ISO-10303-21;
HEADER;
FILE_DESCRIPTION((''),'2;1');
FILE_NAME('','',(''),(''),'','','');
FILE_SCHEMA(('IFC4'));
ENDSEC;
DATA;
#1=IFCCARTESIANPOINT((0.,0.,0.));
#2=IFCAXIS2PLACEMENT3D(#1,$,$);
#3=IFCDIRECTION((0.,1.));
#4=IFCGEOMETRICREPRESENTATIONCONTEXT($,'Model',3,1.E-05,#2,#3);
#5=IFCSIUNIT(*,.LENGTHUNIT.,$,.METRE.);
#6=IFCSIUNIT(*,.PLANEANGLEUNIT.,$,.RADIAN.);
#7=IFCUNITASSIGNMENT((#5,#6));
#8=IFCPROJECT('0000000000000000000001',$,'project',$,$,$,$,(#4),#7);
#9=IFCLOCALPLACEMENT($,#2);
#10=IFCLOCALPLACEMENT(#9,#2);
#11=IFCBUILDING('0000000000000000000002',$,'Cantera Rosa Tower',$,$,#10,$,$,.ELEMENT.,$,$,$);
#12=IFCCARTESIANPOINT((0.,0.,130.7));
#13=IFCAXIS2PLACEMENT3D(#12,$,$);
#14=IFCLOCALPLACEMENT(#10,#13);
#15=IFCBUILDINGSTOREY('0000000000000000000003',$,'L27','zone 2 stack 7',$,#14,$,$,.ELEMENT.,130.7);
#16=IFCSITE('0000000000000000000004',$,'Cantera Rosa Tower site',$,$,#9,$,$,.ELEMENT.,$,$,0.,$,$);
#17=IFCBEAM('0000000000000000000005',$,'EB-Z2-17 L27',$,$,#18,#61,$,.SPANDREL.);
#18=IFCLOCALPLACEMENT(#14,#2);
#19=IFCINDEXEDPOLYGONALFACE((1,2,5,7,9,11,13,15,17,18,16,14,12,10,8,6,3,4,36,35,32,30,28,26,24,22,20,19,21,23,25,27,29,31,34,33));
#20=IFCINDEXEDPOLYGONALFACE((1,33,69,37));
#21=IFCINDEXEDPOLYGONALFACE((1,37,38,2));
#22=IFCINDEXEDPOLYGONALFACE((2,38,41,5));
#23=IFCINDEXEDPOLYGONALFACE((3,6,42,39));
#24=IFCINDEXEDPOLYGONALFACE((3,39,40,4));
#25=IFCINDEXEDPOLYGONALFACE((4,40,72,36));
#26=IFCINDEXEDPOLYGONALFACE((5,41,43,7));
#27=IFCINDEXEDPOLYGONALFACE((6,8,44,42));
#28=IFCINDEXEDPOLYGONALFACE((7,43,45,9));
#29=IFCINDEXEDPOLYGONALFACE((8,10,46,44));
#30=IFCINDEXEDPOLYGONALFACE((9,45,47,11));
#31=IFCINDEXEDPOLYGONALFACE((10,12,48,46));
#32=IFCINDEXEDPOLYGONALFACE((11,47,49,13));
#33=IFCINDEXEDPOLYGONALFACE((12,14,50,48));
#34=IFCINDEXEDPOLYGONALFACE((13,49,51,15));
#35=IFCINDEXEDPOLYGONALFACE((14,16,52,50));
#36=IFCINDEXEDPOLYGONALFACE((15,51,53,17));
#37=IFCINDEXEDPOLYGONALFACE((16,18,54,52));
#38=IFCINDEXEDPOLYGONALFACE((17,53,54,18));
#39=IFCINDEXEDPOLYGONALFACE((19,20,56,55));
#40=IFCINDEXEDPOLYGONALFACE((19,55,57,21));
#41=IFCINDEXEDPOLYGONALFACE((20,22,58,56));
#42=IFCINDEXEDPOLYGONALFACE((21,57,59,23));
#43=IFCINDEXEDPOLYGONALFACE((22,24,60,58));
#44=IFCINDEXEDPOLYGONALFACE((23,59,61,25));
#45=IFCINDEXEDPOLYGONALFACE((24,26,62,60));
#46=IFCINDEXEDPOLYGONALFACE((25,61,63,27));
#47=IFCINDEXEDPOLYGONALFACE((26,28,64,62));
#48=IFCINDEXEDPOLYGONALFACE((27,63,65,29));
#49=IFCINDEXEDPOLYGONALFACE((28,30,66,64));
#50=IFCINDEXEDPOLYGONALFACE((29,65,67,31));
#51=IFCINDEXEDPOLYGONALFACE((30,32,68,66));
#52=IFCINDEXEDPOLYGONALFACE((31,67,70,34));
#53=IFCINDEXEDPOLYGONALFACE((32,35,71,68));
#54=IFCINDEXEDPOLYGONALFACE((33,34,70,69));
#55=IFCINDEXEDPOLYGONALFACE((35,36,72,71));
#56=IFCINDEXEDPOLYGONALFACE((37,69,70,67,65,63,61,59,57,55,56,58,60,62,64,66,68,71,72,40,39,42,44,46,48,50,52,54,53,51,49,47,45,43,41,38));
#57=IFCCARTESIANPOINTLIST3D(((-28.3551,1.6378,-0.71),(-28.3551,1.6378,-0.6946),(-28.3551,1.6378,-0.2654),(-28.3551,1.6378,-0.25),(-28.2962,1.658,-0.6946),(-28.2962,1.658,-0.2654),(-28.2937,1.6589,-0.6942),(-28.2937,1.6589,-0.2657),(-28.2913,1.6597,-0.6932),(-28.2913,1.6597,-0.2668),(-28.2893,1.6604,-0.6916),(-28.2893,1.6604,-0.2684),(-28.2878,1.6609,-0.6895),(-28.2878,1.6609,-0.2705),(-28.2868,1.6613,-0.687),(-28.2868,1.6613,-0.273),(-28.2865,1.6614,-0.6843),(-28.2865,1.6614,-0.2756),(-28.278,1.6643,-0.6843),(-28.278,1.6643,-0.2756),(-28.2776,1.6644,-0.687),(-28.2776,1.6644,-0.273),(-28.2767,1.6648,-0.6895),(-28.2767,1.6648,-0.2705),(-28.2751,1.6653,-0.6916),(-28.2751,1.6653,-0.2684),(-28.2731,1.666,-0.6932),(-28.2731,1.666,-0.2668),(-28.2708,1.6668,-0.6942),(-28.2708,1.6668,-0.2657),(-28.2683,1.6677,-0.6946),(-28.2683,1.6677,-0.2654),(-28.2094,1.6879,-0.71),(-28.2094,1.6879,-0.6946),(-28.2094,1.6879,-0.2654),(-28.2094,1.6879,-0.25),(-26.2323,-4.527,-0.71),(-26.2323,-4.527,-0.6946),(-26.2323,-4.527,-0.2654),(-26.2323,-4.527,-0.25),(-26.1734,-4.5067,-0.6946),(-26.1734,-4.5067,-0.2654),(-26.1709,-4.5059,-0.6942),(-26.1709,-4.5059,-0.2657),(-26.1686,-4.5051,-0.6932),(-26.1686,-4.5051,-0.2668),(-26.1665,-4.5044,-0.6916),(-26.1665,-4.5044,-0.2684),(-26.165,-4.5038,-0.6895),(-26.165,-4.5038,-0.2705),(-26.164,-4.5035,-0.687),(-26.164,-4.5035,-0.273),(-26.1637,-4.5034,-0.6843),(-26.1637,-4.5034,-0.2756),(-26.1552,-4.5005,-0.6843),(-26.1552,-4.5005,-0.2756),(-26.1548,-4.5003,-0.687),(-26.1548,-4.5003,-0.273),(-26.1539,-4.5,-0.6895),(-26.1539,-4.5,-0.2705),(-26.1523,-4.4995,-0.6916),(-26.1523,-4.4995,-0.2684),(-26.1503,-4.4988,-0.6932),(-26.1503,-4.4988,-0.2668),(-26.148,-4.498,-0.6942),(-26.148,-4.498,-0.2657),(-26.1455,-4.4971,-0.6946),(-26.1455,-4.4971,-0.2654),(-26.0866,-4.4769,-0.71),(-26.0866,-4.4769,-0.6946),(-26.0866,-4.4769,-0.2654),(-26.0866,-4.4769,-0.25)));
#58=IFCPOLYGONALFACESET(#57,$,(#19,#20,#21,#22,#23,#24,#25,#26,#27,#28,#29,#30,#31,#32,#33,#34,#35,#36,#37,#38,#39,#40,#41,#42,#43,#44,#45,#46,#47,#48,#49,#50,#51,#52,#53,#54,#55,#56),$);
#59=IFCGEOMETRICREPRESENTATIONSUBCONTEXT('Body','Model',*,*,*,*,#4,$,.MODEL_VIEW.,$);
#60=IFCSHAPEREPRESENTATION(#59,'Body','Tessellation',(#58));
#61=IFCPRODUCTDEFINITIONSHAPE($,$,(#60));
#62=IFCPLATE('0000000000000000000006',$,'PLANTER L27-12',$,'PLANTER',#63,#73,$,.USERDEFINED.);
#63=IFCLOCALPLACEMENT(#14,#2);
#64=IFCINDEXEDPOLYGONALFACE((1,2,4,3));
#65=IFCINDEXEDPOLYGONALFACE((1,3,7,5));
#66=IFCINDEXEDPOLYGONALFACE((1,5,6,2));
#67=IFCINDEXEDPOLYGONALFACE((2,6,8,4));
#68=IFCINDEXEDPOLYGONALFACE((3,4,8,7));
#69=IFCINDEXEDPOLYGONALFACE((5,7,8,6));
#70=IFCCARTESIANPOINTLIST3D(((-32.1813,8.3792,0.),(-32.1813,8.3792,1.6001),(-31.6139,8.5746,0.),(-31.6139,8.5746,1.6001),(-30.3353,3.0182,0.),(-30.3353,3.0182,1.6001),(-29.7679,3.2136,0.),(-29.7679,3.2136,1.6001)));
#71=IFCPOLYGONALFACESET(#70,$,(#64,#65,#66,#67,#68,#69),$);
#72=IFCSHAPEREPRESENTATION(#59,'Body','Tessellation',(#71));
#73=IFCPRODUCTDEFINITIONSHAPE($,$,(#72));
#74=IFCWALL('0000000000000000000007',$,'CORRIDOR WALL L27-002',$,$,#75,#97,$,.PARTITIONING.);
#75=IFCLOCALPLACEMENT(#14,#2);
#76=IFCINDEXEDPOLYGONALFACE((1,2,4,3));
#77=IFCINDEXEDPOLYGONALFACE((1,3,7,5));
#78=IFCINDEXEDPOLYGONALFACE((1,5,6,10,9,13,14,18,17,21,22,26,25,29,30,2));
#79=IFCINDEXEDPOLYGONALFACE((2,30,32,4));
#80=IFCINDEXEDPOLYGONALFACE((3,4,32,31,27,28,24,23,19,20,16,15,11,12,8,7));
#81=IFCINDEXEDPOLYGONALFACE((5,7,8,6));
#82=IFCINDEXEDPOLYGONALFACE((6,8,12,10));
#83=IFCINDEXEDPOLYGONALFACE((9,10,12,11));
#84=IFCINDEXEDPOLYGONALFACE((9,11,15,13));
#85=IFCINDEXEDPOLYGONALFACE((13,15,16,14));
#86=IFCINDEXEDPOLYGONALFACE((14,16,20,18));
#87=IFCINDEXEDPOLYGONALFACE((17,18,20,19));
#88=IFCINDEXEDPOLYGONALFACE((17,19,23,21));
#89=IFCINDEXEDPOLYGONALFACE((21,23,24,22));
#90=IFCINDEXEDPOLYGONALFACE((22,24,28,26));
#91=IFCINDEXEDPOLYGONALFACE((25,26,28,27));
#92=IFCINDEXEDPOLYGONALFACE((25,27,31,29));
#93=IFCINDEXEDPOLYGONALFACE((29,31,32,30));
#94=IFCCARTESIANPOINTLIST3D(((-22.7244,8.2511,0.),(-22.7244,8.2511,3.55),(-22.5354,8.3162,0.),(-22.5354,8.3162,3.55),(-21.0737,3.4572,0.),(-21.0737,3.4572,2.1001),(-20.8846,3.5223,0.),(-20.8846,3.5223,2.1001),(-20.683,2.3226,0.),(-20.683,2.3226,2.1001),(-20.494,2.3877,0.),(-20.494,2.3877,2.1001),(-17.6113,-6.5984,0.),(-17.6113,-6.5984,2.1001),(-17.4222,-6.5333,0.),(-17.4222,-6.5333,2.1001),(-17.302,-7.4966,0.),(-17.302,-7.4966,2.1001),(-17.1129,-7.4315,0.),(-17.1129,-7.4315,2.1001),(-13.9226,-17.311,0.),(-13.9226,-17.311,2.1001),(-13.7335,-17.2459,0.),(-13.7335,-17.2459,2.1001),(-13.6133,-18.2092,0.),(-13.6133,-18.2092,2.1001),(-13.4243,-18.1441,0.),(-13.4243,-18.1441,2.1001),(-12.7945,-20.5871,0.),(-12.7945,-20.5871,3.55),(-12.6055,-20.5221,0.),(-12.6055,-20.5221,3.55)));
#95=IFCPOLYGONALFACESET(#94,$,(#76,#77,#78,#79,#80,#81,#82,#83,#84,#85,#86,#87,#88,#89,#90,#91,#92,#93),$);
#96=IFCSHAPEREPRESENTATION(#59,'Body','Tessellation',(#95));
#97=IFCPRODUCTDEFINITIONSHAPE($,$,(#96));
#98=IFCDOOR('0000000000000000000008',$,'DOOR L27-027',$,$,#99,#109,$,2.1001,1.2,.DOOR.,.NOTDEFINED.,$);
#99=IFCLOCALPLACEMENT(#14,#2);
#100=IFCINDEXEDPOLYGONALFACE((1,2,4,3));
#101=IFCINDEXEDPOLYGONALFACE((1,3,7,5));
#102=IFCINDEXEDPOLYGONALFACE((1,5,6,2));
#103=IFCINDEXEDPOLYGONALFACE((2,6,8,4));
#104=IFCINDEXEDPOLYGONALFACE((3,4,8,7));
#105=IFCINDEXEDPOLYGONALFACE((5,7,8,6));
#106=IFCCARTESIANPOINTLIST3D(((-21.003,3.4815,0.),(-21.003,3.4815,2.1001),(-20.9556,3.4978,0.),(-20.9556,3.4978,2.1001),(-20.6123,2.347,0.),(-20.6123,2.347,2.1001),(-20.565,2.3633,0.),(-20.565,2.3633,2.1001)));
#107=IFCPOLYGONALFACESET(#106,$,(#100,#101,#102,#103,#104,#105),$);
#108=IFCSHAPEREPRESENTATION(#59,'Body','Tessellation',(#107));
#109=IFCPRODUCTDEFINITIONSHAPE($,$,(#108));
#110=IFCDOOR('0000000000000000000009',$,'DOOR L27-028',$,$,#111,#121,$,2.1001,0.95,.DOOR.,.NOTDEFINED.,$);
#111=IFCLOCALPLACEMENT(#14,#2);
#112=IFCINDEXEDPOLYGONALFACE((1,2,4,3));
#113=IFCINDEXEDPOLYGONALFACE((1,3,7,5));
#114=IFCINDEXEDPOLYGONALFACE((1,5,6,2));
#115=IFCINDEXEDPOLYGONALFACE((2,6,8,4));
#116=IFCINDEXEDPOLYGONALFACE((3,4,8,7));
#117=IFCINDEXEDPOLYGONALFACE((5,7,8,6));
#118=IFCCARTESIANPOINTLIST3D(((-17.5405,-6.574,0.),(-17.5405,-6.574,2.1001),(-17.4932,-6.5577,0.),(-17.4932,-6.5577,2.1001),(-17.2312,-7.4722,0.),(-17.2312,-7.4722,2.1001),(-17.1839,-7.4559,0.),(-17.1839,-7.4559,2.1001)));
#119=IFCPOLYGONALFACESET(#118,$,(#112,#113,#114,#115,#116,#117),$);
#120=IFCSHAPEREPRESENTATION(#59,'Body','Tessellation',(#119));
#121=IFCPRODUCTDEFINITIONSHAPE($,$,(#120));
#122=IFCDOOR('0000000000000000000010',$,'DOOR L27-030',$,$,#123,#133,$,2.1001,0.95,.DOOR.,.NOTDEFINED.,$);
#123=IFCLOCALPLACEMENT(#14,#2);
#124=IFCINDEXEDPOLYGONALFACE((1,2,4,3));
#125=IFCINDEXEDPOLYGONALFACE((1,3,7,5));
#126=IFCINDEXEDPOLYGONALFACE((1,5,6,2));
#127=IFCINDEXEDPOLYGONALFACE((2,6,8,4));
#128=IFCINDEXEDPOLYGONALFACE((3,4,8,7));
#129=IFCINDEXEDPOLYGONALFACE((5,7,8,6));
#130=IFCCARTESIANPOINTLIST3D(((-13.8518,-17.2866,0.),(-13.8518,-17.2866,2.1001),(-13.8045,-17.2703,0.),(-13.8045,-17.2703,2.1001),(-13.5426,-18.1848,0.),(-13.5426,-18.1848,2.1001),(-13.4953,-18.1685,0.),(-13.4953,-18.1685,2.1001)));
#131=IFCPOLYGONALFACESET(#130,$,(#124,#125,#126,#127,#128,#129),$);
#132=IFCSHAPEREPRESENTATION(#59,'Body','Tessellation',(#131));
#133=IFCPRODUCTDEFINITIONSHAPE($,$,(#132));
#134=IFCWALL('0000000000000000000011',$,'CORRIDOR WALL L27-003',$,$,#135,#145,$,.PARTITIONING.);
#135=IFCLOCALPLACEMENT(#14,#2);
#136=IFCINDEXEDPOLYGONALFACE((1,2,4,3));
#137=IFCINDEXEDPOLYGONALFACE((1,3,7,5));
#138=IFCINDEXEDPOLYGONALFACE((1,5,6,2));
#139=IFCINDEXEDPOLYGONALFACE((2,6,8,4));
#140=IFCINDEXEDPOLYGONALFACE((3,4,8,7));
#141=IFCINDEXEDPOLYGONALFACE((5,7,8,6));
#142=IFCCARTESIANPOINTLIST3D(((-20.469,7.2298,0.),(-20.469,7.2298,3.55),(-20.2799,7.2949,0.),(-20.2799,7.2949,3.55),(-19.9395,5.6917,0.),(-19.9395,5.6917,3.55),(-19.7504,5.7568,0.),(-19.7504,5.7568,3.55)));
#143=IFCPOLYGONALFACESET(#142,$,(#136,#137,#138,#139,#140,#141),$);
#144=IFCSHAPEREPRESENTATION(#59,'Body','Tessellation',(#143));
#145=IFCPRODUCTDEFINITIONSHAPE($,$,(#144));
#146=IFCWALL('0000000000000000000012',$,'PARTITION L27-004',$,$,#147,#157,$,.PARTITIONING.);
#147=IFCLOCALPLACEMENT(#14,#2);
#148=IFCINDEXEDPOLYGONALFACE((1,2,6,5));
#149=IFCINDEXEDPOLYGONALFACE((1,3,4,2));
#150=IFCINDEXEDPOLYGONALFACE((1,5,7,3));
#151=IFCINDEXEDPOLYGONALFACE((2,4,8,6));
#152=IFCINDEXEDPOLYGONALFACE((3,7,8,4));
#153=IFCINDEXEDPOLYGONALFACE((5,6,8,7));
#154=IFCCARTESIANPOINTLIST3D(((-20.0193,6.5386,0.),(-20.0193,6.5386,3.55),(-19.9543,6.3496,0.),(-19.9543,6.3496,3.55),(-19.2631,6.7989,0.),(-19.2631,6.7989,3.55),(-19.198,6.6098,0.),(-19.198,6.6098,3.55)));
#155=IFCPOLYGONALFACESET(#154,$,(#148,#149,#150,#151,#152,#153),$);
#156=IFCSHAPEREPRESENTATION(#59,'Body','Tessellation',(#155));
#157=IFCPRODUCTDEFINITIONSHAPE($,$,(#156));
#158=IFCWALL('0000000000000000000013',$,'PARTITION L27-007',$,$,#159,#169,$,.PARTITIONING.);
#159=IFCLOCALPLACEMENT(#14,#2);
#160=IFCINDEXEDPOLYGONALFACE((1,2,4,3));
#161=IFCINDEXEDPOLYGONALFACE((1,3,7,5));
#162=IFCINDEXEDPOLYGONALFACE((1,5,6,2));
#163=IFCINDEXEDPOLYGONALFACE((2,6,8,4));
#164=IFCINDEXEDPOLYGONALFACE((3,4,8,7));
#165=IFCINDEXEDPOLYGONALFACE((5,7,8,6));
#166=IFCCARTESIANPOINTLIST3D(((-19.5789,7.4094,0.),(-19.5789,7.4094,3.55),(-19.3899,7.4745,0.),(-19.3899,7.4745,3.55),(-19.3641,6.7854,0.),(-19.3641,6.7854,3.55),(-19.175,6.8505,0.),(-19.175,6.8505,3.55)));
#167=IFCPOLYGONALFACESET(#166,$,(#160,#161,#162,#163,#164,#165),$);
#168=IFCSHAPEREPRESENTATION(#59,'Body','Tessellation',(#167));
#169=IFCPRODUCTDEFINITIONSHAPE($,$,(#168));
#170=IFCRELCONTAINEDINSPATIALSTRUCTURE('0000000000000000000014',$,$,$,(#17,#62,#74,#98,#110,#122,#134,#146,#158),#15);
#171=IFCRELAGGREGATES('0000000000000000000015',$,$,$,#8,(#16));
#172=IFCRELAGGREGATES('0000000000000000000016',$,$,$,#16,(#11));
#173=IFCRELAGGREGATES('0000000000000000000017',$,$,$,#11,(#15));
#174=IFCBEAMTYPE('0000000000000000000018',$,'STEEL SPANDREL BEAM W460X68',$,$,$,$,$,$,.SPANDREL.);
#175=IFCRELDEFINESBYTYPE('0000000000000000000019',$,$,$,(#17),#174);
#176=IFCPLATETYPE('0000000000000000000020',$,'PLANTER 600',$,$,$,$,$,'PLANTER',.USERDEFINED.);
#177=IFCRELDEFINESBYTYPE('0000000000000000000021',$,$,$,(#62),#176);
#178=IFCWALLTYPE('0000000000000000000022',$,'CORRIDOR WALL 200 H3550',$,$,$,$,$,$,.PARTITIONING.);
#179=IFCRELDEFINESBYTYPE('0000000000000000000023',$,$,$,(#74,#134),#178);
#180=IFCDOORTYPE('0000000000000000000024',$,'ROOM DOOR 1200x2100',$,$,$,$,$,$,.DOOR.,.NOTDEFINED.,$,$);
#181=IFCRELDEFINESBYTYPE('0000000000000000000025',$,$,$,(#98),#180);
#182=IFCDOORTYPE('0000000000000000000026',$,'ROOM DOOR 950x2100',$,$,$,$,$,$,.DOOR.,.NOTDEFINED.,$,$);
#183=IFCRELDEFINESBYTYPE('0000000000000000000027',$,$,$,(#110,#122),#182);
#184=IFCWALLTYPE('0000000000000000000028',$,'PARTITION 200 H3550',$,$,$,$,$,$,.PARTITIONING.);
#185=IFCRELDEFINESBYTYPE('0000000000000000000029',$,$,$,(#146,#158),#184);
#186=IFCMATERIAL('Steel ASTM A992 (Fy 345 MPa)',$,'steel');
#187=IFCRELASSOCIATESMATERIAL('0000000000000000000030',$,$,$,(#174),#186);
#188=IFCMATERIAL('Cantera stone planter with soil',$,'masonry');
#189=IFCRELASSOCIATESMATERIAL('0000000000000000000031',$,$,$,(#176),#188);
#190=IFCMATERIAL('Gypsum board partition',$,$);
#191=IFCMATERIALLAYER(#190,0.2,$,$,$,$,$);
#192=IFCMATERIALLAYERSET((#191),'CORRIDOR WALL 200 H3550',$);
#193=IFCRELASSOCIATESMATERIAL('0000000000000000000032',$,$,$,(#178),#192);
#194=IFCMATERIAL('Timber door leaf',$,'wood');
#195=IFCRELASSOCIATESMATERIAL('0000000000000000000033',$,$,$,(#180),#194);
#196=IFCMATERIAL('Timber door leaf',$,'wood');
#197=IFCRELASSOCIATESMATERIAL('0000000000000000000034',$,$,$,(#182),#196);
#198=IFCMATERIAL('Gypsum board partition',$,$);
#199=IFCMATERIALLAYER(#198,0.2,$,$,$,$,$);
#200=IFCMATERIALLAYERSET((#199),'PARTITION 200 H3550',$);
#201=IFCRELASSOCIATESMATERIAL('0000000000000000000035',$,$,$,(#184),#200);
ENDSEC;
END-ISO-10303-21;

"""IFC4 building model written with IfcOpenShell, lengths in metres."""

from ifc_helpers import new_model, si_unit, direction, frame, frame_2d, origin, origin_2d, place, context, subcontext, project, spatial, rectangle, i_section, extrude, material, layer, layer_set, material_profile, profile_set, type_object, element, fill, save


model = new_model("IFC4")

# Units and contexts
model_context = context("Model", 3, precision=1e-05, world=origin(), true_north=direction((0.0, 1.0)))
body_context = subcontext(model_context, "Body", "Model", "MODEL_VIEW")
ifc_project = project(units=[si_unit("LENGTHUNIT", "METRE"), si_unit("PLANEANGLEUNIT", "RADIAN")], contexts=[model_context])

# Site, building, storey
site_placement = place(None, origin())
site = spatial("IfcSite", under=ifc_project, at=site_placement, Name="Cantera Rosa Tower site", CompositionType="ELEMENT", RefElevation=0.0)
building_placement = place(site_placement, origin())
building = spatial("IfcBuilding", under=site, at=building_placement, Name="Cantera Rosa Tower", CompositionType="ELEMENT")
storey_placement = place(building_placement, frame((0.0, 0.0, 130.7)))
storey = spatial("IfcBuildingStorey", under=building, at=storey_placement, Name="L27", Description="zone 2 stack 7", CompositionType="ELEMENT", Elevation=130.7)

# Beam
ifc_material_1 = material(Name="Steel ASTM A992 (Fy 345 MPa)", Category="steel")
ifc_material_profile_1 = material_profile(ifc_material_1, i_section(OverallWidth=0.1541, OverallDepth=0.46, WebThickness=0.009, FlangeThickness=0.0154, FilletRadius=0.0103, at=origin_2d()), Name="W460X68")
ifc_profile_set_1 = profile_set([ifc_material_profile_1], Name="Steel ASTM A992 (Fy 345 MPa)")
beam_type_1 = type_object("IfcBeamType", Name="STEEL SPANDREL BEAM W460X68", PredefinedType="SPANDREL", material=ifc_profile_set_1)
beam_1_placement = place(storey_placement, frame((-28.2822, 1.6628, -0.48), z_axis=(0.325581, -0.945514, 0.0), x_axis=(0.945514, 0.325581, 0.0)))
element("IfcBeam", 1, at=beam_1_placement, inside=storey, type_object=beam_type_1, Name="EB-Z2-17 L27", PredefinedType="SPANDREL", context=body_context, shape_type="SweptSolid", body=[
    extrude(i_section(OverallWidth=0.1541, OverallDepth=0.46, WebThickness=0.009, FlangeThickness=0.0154, FilletRadius=0.0103, at=origin_2d()), origin(), (0.0, 0.0, 1.0), 6.52),
])

# Plate
ifc_material_2 = material(Name="Cantera stone planter with soil", Category="masonry")
plate_type = type_object("IfcPlateType", Name="PLANTER 600", ElementType="PLANTER", PredefinedType="USERDEFINED", material=ifc_material_2)
plate_placement = place(storey_placement, frame((-30.9746, 5.7964, 0.0), z_axis=(0.0, 0.0, 1.0), x_axis=(0.325568, -0.945519, 0.0)))
element("IfcPlate", 2, at=plate_placement, inside=storey, type_object=plate_type, Name="PLANTER L27-12", ObjectType="PLANTER", PredefinedType="USERDEFINED", context=body_context, shape_type="SweptSolid", body=[
    extrude(rectangle(XDim=5.6699, YDim=0.6001, at=origin_2d()), origin(), (0.0, 0.0, 1.0), 1.6001),
])

# Wall, openings, doors
ifc_material_3 = material(Name="Gypsum board partition")
ifc_layer_1 = layer(ifc_material_3, 0.2)
ifc_layer_set_1 = layer_set([ifc_layer_1], Name="CORRIDOR WALL 200 H3550")
wall_type_1 = type_object("IfcWallType", Name="CORRIDOR WALL 200 H3550", PredefinedType="PARTITIONING", material=ifc_layer_set_1)
wall_1_placement = place(storey_placement, frame((-22.6299, 8.2837, 0.0), z_axis=(0.0, 0.0, 1.0), x_axis=(0.325571, -0.945518, 0.0)))
wall_1 = element("IfcWall", 3, at=wall_1_placement, inside=storey, type_object=wall_type_1, Name="CORRIDOR WALL L27-002", PredefinedType="PARTITIONING", context=body_context, shape_type="SweptSolid", body=[
    extrude(rectangle(XDim=30.5, YDim=0.2, at=frame_2d((15.25, 0.0))), origin(), (0.0, 0.0, 1.0), 3.55),
])
opening_1_placement = place(wall_1_placement, frame((5.0701, 0.0, 0.0)))
opening_1 = element("IfcOpeningElement", 4, at=opening_1_placement, cuts=wall_1, PredefinedType="OPENING", context=body_context, shape_type="SweptSolid", body=[
    extrude(rectangle(XDim=1.2, YDim=2.1001, at=frame_2d((0.6001, 1.05))), frame((0.0, 0.1099, 0.0), z_axis=(0.0, -1.0, 0.0), x_axis=(1.0, 0.0, 0.0)), (0.0, 0.0, 1.0), 0.22),
])
opening_2_placement = place(wall_1_placement, frame((15.7051, 0.0, 0.0)))
opening_2 = element("IfcOpeningElement", 5, at=opening_2_placement, cuts=wall_1, PredefinedType="OPENING", context=body_context, shape_type="SweptSolid", body=[
    extrude(rectangle(XDim=0.95, YDim=2.1001, at=frame_2d((0.4751, 1.05))), frame((0.0, 0.1099, 0.0), z_axis=(0.0, -1.0, 0.0), x_axis=(1.0, 0.0, 0.0)), (0.0, 0.0, 1.0), 0.22),
])
opening_3_placement = place(wall_1_placement, frame((27.0349, 0.0, 0.0)))
opening_3 = element("IfcOpeningElement", 6, at=opening_3_placement, cuts=wall_1, PredefinedType="OPENING", context=body_context, shape_type="SweptSolid", body=[
    extrude(rectangle(XDim=0.95, YDim=2.1001, at=frame_2d((0.4751, 1.05))), frame((0.0, 0.1099, 0.0), z_axis=(0.0, -1.0, 0.0), x_axis=(1.0, 0.0, 0.0)), (0.0, 0.0, 1.0), 0.22),
])
ifc_material_4 = material(Name="Timber door leaf", Category="wood")
door_type_1 = type_object("IfcDoorType", Name="ROOM DOOR 1200x2100", OperationType="NOTDEFINED", PredefinedType="DOOR", material=ifc_material_4)
door_1_placement = place(opening_1_placement, origin())
door_1 = element("IfcDoor", 7, at=door_1_placement, inside=storey, type_object=door_type_1, Name="DOOR L27-027", OperationType="NOTDEFINED", OverallHeight=2.1001, OverallWidth=1.2, PredefinedType="DOOR", context=body_context, shape_type="SweptSolid", body=[
    extrude(rectangle(XDim=1.2, YDim=2.1001, at=frame_2d((0.6001, 1.05))), frame((0.0, 0.0249, 0.0), z_axis=(0.0, -1.0, 0.0), x_axis=(1.0, 0.0, 0.0)), (0.0, 0.0, 1.0), 0.05),
])
fill(opening_1, door_1)
ifc_material_5 = material(Name="Timber door leaf", Category="wood")
door_type_2 = type_object("IfcDoorType", Name="ROOM DOOR 950x2100", OperationType="NOTDEFINED", PredefinedType="DOOR", material=ifc_material_5)
door_2_placement = place(opening_2_placement, origin())
door_2 = element("IfcDoor", 8, at=door_2_placement, inside=storey, type_object=door_type_2, Name="DOOR L27-028", OperationType="NOTDEFINED", OverallHeight=2.1001, OverallWidth=0.95, PredefinedType="DOOR", context=body_context, shape_type="SweptSolid", body=[
    extrude(rectangle(XDim=0.95, YDim=2.1001, at=frame_2d((0.4751, 1.05))), frame((0.0, 0.0249, 0.0), z_axis=(0.0, -1.0, 0.0), x_axis=(1.0, 0.0, 0.0)), (0.0, 0.0, 1.0), 0.05),
])
fill(opening_2, door_2)
door_3_placement = place(opening_3_placement, origin())
door_3 = element("IfcDoor", 9, at=door_3_placement, inside=storey, type_object=door_type_2, Name="DOOR L27-030", OperationType="NOTDEFINED", OverallHeight=2.1001, OverallWidth=0.95, PredefinedType="DOOR", context=body_context, shape_type="SweptSolid", body=[
    extrude(rectangle(XDim=0.95, YDim=2.1001, at=frame_2d((0.4751, 1.05))), frame((0.0, 0.0249, 0.0), z_axis=(0.0, -1.0, 0.0), x_axis=(1.0, 0.0, 0.0)), (0.0, 0.0, 1.0), 0.05),
])
fill(opening_3, door_3)

# Wall
wall_2_placement = place(storey_placement, frame((-20.3745, 7.2625, 0.0), z_axis=(0.0, 0.0, 1.0), x_axis=(0.325533, -0.945531, 0.0)))
element("IfcWall", 10, at=wall_2_placement, inside=storey, type_object=wall_type_1, Name="CORRIDOR WALL L27-003", PredefinedType="PARTITIONING", context=body_context, shape_type="SweptSolid", body=[
    extrude(rectangle(XDim=1.6267, YDim=0.2, at=frame_2d((0.8135, 0.0))), origin(), (0.0, 0.0, 1.0), 3.55),
])

# Walls
ifc_material_6 = material(Name="Gypsum board partition")
ifc_layer_2 = layer(ifc_material_6, 0.2)
ifc_layer_set_2 = layer_set([ifc_layer_2], Name="PARTITION 200 H3550")
wall_type_2 = type_object("IfcWallType", Name="PARTITION 200 H3550", PredefinedType="PARTITIONING", material=ifc_layer_set_2)
wall_3_placement = place(storey_placement, frame((-19.9868, 6.4441, 0.0), z_axis=(0.0, 0.0, 1.0), x_axis=(0.945587, 0.32537, 0.0)))
element("IfcWall", 11, at=wall_3_placement, inside=storey, type_object=wall_type_2, Name="PARTITION L27-004", PredefinedType="PARTITIONING", context=body_context, shape_type="SweptSolid", body=[
    extrude(rectangle(XDim=0.7998, YDim=0.2, at=frame_2d((0.3999, 0.0))), origin(), (0.0, 0.0, 1.0), 3.55),
])
wall_4_placement = place(storey_placement, frame((-19.2695, 6.8179, 0.0), z_axis=(0.0, 0.0, 1.0), x_axis=(-0.325535, 0.94553, 0.0)))
element("IfcWall", 12, at=wall_4_placement, inside=storey, type_object=wall_type_2, Name="PARTITION L27-007", PredefinedType="PARTITIONING", context=body_context, shape_type="SweptSolid", body=[
    extrude(rectangle(XDim=0.6599, YDim=0.2, at=frame_2d((0.3301, 0.0))), origin(), (0.0, 0.0, 1.0), 3.55),
])

save(model, "model.ifc")
